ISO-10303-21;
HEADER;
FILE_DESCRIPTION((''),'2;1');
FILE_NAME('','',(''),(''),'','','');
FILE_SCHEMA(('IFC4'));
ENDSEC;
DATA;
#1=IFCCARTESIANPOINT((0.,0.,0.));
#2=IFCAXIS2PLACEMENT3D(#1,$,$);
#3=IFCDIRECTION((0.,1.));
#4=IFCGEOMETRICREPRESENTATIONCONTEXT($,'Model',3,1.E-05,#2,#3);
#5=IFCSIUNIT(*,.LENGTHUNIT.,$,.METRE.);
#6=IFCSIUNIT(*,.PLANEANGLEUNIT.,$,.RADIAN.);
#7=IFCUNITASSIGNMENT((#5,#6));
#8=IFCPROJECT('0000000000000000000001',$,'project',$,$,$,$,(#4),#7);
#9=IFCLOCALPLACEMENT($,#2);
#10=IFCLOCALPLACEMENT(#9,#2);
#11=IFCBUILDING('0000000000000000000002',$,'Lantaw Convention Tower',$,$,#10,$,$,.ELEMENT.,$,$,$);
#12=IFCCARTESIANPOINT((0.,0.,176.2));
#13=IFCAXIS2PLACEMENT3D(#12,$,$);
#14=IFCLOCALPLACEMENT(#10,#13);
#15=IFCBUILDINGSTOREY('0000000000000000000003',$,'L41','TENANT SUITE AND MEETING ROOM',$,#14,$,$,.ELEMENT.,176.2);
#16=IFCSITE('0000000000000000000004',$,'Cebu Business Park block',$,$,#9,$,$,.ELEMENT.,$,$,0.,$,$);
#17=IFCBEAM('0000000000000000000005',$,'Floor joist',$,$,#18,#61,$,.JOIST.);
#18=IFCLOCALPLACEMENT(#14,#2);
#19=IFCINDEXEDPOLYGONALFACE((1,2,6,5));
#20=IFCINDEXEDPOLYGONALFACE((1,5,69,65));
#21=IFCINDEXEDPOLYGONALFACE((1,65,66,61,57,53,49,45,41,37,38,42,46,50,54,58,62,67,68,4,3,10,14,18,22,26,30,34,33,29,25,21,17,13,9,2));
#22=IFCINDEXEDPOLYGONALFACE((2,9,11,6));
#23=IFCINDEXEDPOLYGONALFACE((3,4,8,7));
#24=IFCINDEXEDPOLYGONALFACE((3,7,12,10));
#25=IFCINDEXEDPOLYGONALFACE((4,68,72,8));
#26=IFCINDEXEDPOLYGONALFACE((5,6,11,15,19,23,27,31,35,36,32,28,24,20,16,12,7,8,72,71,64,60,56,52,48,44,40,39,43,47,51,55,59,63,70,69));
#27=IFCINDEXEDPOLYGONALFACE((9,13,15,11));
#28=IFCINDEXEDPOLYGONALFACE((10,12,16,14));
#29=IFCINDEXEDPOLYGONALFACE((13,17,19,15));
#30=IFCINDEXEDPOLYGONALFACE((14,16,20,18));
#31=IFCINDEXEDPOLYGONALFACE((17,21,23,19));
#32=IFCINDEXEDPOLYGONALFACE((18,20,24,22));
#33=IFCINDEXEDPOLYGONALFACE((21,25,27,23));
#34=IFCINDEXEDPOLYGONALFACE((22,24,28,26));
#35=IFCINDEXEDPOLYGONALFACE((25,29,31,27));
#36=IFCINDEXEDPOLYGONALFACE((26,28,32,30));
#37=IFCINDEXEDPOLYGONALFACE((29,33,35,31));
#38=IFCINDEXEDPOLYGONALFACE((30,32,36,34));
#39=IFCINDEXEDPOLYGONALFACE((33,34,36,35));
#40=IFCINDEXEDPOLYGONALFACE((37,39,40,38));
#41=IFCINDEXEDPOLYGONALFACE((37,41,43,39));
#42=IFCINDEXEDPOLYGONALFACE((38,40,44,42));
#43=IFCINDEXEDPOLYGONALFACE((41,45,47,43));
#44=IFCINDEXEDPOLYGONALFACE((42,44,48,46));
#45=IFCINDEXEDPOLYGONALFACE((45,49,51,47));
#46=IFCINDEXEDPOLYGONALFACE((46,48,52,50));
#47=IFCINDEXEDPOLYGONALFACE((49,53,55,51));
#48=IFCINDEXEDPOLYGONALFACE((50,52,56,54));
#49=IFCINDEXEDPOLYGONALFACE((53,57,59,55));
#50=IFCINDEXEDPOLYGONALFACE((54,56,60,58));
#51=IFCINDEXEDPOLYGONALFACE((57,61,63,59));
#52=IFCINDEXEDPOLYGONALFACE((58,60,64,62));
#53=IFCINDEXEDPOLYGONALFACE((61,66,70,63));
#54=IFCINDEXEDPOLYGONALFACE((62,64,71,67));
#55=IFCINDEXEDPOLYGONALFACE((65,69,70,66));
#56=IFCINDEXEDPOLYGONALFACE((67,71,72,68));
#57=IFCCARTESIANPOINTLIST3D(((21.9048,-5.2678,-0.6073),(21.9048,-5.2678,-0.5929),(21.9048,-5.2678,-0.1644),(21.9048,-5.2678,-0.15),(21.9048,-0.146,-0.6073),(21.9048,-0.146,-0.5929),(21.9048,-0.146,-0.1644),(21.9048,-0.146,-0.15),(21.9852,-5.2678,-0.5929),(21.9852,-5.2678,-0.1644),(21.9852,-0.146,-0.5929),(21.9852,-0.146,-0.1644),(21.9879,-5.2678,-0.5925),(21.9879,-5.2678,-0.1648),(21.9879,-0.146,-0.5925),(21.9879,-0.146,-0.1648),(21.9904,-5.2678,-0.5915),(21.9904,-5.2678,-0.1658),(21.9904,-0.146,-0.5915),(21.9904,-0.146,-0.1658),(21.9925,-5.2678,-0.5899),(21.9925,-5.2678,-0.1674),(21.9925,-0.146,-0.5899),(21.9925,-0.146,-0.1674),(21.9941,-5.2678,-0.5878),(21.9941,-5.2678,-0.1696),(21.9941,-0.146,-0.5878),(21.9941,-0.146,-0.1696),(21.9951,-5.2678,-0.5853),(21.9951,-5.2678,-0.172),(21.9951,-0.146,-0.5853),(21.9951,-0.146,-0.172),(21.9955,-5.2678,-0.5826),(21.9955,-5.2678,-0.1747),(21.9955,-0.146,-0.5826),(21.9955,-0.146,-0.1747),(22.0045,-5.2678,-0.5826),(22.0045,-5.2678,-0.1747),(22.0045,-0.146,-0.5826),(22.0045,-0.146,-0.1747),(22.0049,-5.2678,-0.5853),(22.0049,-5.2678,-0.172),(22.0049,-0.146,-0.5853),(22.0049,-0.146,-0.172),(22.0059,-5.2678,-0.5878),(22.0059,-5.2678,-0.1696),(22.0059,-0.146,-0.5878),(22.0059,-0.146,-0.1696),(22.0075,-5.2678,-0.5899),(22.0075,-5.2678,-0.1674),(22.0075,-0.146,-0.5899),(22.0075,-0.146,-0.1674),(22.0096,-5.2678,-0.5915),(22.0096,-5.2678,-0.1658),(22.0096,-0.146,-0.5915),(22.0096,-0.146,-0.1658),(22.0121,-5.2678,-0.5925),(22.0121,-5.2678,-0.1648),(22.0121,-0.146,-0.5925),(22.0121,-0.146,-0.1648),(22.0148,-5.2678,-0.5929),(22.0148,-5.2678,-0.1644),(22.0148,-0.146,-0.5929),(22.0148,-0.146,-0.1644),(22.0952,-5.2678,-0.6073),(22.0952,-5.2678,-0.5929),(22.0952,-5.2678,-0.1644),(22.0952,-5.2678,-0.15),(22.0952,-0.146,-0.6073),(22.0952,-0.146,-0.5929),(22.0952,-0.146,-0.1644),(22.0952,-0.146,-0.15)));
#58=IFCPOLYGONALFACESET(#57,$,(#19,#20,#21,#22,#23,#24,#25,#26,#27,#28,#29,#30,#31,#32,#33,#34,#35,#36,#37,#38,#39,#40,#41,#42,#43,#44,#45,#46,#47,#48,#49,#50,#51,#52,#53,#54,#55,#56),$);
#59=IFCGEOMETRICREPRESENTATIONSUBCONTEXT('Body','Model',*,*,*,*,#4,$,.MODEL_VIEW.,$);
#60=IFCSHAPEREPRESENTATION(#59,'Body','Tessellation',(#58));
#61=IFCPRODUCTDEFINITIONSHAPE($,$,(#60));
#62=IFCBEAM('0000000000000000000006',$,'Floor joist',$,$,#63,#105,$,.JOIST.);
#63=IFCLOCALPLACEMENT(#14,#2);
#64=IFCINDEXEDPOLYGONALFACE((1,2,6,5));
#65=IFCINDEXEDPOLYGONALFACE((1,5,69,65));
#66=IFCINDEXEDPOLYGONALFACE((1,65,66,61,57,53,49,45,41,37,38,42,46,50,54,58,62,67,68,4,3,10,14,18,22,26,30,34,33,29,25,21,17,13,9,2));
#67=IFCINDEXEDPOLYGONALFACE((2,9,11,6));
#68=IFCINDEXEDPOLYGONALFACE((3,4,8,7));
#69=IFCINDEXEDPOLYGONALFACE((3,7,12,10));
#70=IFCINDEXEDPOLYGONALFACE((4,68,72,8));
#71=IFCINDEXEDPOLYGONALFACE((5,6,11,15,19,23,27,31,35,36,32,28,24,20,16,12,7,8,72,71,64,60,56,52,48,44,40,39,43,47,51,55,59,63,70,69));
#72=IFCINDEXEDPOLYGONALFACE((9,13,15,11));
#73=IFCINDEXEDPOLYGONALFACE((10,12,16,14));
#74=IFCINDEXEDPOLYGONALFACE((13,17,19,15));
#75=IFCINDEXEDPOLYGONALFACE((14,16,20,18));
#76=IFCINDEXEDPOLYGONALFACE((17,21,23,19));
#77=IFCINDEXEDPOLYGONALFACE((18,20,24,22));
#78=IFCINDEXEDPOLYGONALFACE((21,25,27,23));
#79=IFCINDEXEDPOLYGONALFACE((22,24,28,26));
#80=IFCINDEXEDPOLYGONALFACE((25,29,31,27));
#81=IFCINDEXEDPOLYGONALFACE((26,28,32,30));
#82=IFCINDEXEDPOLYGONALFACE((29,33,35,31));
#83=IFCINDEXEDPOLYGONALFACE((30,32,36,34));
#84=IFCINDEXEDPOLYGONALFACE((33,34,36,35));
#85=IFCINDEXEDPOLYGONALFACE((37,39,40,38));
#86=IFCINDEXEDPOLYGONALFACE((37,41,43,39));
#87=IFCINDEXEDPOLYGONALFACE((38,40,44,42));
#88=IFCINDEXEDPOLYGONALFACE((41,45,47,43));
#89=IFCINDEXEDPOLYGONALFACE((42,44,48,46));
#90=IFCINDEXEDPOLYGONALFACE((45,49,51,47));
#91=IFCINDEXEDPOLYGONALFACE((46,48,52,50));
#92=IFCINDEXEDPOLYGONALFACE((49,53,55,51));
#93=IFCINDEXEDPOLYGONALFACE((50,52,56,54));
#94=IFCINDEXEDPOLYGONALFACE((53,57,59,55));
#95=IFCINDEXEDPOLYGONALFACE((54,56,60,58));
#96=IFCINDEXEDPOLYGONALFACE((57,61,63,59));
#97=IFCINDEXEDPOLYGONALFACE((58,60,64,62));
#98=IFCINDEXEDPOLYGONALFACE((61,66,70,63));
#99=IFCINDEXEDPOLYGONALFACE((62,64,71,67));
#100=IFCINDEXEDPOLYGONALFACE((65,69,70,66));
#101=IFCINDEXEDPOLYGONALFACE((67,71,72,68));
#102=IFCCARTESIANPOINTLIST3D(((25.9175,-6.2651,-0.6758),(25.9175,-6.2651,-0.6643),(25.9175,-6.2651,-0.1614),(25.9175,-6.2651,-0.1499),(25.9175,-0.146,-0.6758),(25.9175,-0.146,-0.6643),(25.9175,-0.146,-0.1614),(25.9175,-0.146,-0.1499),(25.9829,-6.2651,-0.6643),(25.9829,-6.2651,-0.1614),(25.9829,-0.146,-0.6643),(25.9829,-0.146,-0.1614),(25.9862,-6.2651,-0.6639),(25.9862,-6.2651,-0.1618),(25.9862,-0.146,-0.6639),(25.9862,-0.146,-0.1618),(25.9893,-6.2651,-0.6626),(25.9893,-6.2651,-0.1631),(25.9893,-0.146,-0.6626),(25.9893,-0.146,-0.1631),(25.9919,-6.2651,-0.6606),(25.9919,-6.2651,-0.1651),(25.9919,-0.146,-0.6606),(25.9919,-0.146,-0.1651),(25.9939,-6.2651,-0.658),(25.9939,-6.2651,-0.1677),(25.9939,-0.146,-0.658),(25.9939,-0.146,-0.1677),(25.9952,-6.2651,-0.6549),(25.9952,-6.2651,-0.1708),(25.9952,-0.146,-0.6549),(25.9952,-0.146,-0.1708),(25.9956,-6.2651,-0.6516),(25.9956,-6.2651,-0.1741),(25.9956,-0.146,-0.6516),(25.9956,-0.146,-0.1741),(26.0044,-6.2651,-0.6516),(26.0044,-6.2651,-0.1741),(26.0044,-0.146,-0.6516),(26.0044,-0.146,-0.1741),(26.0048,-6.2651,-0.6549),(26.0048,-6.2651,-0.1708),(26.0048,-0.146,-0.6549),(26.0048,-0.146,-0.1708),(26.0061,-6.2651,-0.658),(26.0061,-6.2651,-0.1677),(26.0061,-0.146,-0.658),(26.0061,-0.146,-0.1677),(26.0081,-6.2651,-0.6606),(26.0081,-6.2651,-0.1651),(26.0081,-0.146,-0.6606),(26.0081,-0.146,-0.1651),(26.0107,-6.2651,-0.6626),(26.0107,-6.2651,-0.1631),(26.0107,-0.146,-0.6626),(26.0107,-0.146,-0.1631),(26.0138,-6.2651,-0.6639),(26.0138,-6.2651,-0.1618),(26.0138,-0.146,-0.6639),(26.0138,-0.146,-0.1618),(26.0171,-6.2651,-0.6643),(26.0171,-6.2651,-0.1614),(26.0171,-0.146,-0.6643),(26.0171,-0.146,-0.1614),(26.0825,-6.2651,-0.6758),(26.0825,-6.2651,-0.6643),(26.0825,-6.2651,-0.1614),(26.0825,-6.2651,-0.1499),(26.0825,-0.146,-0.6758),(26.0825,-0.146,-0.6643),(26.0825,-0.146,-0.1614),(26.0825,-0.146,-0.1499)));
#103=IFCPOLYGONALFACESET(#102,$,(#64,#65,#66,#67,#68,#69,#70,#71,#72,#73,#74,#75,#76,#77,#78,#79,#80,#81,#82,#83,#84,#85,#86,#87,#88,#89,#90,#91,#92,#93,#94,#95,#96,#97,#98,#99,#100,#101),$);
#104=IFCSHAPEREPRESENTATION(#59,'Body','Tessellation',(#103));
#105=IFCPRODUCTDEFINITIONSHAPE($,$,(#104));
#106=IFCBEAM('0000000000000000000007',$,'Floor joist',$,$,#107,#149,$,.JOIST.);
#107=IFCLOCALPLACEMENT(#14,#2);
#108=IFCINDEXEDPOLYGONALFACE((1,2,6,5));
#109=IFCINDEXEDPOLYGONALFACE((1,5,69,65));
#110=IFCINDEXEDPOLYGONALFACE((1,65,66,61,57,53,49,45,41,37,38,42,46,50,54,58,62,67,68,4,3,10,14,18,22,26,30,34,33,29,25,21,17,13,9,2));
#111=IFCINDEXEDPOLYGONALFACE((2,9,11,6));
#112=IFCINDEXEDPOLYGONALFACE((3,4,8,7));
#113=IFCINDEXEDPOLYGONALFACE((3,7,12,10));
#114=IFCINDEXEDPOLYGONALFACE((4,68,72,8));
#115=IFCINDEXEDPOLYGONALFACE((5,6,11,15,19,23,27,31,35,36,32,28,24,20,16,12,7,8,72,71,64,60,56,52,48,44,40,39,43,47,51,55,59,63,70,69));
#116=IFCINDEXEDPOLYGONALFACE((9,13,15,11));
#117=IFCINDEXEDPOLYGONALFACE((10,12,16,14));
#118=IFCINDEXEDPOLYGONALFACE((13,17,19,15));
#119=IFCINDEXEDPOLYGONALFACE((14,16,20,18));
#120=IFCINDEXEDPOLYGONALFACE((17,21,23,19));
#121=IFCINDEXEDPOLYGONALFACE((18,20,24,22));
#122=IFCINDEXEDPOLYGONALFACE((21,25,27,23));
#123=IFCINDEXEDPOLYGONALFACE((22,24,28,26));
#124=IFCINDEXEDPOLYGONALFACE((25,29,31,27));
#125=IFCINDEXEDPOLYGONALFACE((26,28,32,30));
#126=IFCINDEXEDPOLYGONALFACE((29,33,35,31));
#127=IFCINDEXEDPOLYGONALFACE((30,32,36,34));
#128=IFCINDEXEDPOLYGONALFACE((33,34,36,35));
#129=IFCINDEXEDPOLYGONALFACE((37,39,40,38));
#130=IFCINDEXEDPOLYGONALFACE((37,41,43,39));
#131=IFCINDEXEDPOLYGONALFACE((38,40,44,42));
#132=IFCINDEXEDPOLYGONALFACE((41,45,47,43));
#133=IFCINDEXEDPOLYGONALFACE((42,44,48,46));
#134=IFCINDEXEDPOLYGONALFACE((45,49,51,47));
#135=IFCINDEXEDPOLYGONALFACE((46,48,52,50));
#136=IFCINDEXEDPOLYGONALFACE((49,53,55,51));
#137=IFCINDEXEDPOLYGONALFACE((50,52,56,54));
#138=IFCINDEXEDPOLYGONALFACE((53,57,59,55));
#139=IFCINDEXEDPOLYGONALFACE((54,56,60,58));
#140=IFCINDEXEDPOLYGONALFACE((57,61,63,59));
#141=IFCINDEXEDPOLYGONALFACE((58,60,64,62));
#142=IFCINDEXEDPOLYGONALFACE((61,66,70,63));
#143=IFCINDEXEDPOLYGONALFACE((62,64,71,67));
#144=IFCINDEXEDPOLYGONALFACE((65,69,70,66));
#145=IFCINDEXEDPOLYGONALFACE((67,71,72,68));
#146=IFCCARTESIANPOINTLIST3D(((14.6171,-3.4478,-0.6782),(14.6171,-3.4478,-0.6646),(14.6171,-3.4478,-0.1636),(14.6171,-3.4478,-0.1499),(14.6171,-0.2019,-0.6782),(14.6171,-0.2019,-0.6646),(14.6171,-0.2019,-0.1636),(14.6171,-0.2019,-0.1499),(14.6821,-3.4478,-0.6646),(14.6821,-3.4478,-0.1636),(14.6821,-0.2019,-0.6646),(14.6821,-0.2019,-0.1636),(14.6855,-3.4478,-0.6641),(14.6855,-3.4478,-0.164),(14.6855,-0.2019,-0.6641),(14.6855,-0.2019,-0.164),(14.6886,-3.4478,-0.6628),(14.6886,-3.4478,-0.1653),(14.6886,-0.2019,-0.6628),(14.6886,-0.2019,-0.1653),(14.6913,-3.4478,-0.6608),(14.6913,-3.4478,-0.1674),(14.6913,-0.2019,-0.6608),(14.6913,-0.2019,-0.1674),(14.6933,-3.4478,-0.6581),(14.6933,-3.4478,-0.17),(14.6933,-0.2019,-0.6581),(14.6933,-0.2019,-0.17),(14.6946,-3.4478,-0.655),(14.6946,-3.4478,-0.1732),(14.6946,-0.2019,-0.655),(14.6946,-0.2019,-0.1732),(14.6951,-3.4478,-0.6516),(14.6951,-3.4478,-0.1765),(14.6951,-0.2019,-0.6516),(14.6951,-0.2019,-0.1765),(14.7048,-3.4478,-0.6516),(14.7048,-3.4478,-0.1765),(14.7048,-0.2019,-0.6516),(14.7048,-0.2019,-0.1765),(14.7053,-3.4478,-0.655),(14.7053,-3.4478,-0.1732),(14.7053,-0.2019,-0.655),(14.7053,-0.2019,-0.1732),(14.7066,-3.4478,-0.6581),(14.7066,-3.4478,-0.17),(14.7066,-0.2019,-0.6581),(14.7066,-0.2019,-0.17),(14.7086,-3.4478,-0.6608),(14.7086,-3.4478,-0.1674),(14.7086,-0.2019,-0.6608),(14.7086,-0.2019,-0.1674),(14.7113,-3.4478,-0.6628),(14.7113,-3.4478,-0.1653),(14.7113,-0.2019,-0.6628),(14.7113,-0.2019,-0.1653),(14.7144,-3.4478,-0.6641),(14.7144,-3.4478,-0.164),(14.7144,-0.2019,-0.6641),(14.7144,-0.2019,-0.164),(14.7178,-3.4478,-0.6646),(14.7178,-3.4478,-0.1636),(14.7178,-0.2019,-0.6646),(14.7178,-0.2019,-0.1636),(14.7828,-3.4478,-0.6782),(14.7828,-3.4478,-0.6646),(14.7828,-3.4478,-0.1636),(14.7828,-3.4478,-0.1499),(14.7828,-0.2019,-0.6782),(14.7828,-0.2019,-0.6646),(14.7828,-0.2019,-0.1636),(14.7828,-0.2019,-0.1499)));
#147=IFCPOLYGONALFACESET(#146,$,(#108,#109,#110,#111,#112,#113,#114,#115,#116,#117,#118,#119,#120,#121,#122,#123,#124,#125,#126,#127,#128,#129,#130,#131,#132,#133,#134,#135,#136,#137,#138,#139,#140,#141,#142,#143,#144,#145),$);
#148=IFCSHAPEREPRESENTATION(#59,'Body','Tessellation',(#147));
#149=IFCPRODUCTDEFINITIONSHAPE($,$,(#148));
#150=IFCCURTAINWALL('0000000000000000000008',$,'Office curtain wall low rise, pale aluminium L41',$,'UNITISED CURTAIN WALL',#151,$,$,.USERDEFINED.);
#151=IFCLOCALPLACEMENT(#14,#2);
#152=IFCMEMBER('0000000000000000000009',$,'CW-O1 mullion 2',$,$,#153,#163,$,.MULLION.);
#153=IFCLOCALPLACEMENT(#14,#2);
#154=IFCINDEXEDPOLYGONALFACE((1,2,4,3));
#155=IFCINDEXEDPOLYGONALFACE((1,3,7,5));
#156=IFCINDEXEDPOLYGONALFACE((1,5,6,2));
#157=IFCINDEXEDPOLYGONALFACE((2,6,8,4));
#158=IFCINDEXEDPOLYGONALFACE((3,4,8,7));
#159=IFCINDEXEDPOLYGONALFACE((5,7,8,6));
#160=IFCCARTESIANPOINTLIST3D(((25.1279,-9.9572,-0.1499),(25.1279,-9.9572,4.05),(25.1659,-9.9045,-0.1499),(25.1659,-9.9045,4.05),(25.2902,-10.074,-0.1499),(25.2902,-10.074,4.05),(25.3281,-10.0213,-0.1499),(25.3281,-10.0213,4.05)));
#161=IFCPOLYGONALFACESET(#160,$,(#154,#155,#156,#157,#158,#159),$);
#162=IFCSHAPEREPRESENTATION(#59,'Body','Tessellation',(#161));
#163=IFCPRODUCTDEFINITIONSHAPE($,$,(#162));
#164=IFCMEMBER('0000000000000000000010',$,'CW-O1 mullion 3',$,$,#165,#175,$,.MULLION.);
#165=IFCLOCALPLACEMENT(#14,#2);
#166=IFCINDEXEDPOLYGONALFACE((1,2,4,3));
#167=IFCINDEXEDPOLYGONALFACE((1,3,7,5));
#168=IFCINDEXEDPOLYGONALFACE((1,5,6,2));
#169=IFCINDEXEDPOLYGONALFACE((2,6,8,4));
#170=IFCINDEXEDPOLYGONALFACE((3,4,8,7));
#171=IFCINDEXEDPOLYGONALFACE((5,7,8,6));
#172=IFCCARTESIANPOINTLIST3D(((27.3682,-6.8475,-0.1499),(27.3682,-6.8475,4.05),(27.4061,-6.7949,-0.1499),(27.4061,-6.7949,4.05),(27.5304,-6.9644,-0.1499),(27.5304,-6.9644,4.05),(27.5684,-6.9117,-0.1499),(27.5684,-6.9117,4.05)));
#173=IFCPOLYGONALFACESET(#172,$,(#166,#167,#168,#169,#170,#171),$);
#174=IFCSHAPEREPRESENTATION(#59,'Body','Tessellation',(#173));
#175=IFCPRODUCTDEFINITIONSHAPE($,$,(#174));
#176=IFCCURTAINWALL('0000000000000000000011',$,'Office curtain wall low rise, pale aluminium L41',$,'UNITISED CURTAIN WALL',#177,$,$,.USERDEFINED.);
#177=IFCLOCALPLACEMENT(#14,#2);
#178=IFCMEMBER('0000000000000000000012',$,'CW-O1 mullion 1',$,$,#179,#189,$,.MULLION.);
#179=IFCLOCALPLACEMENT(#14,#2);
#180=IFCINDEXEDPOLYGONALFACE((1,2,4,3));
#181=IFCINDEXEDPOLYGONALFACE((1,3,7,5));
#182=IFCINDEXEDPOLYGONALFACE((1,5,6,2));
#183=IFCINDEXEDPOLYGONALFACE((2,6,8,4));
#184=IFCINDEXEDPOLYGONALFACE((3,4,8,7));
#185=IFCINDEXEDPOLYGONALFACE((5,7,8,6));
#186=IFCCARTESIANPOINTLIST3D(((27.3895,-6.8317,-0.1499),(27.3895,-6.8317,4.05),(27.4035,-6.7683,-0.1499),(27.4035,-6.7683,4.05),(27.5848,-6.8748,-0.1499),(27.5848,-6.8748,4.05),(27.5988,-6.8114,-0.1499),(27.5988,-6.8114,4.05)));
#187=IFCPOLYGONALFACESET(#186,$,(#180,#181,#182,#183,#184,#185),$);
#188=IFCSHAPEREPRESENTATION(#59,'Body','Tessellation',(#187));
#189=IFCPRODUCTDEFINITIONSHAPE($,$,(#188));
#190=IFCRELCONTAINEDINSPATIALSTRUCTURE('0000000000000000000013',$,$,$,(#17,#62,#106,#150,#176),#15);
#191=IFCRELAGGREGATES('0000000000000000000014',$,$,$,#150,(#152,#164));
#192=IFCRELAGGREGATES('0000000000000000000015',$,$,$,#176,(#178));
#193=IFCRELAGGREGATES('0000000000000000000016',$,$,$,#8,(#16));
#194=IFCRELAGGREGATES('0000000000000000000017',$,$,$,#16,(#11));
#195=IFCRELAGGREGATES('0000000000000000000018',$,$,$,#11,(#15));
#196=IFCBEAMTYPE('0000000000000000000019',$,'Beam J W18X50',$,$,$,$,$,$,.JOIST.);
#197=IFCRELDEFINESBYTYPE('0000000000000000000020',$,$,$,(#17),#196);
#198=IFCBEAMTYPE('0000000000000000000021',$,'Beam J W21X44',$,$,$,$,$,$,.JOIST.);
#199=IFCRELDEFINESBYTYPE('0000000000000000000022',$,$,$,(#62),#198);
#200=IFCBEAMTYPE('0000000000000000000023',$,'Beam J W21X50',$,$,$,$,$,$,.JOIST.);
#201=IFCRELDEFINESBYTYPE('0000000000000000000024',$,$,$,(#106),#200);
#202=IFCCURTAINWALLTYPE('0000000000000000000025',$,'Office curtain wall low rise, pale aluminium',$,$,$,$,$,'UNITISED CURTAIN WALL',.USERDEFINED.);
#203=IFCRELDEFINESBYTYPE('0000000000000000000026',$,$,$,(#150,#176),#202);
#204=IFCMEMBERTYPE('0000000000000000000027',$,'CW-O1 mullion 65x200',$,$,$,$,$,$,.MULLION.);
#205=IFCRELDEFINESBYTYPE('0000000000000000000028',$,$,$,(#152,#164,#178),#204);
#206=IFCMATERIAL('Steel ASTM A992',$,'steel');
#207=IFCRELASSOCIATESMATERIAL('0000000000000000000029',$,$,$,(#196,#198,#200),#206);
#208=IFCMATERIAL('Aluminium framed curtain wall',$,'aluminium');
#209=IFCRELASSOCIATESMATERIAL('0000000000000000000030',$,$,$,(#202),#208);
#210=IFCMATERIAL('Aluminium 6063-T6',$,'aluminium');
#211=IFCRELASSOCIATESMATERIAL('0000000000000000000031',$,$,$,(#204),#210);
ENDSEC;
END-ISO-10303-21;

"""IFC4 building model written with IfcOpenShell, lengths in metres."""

from ifc_helpers import new_model, si_unit, direction, frame, origin, origin_2d, place, context, subcontext, project, spatial, rectangle, i_section, extrude, material, material_profile, profile_set, type_object, element, aggregate, save


model = new_model("IFC4")

# Units and contexts
model_context = context("Model", 3, precision=1e-05, world=origin(), true_north=direction((0.0, 1.0)))
body_context = subcontext(model_context, "Body", "Model", "MODEL_VIEW")
ifc_project = project(units=[si_unit("LENGTHUNIT", "METRE"), si_unit("PLANEANGLEUNIT", "RADIAN")], contexts=[model_context])

# Site, building, storey
site_placement = place(None, origin())
site = spatial("IfcSite", under=ifc_project, at=site_placement, Name="Cebu Business Park block", CompositionType="ELEMENT", RefElevation=0.0)
building_placement = place(site_placement, origin())
building = spatial("IfcBuilding", under=site, at=building_placement, Name="Lantaw Convention Tower", CompositionType="ELEMENT")
storey_placement = place(building_placement, frame((0.0, 0.0, 176.2)))
storey = spatial("IfcBuildingStorey", under=building, at=storey_placement, Name="L41", Description="TENANT SUITE AND MEETING ROOM", CompositionType="ELEMENT", Elevation=176.2)

# Beams
ifc_material_1 = material(Name="Steel ASTM A992", Category="steel")
ifc_material_profile_1 = material_profile(ifc_material_1, i_section(OverallWidth=0.1904, OverallDepth=0.4573, WebThickness=0.009, FlangeThickness=0.0144, FilletRadius=0.0103, at=origin_2d()), Name="W18X50")
ifc_profile_set_1 = profile_set([ifc_material_profile_1], Name="Steel ASTM A992")
beam_type_1 = type_object("IfcBeamType", Name="Beam J W18X50", PredefinedType="JOIST", material=ifc_profile_set_1)
beam_1_placement = place(storey_placement, frame((22.0, -5.2678, -0.3787), z_axis=(0.0, 1.0, 0.0), x_axis=(-1.0, 0.0, 0.0)))
element("IfcBeam", 1, at=beam_1_placement, inside=storey, type_object=beam_type_1, Name="Floor joist", PredefinedType="JOIST", context=body_context, shape_type="SweptSolid", body=[
    extrude(i_section(OverallWidth=0.1904, OverallDepth=0.4573, WebThickness=0.009, FlangeThickness=0.0144, FilletRadius=0.0103, at=origin_2d()), origin(), (0.0, 0.0, 1.0), 5.1218),
])
ifc_material_profile_2 = material_profile(ifc_material_1, i_section(OverallWidth=0.165, OverallDepth=0.5259, WebThickness=0.0088, FlangeThickness=0.0115, FilletRadius=0.0127, at=origin_2d()), Name="W21X44")
ifc_profile_set_2 = profile_set([ifc_material_profile_2], Name="Steel ASTM A992")
beam_type_2 = type_object("IfcBeamType", Name="Beam J W21X44", PredefinedType="JOIST", material=ifc_profile_set_2)
beam_2_placement = place(storey_placement, frame((26.0, -6.2651, -0.4128), z_axis=(0.0, 1.0, 0.0), x_axis=(-1.0, 0.0, 0.0)))
element("IfcBeam", 2, at=beam_2_placement, inside=storey, type_object=beam_type_2, Name="Floor joist", PredefinedType="JOIST", context=body_context, shape_type="SweptSolid", body=[
    extrude(i_section(OverallWidth=0.165, OverallDepth=0.5259, WebThickness=0.0088, FlangeThickness=0.0115, FilletRadius=0.0127, at=origin_2d()), origin(), (0.0, 0.0, 1.0), 6.1191),
])
ifc_material_profile_3 = material_profile(ifc_material_1, i_section(OverallWidth=0.1658, OverallDepth=0.5283, WebThickness=0.0098, FlangeThickness=0.0137, FilletRadius=0.0129, at=origin_2d()), Name="W21X50")
ifc_profile_set_3 = profile_set([ifc_material_profile_3], Name="Steel ASTM A992")
beam_type_3 = type_object("IfcBeamType", Name="Beam J W21X50", PredefinedType="JOIST", material=ifc_profile_set_3)
beam_3_placement = place(storey_placement, frame((14.7, -3.4478, -0.4141), z_axis=(0.0, 1.0, 0.0), x_axis=(-1.0, 0.0, 0.0)))
element("IfcBeam", 3, at=beam_3_placement, inside=storey, type_object=beam_type_3, Name="Floor joist", PredefinedType="JOIST", context=body_context, shape_type="SweptSolid", body=[
    extrude(i_section(OverallWidth=0.1658, OverallDepth=0.5283, WebThickness=0.0098, FlangeThickness=0.0137, FilletRadius=0.0129, at=origin_2d()), origin(), (0.0, 0.0, 1.0), 3.2458),
])

# Curtain walls, members
ifc_material_2 = material(Name="Aluminium framed curtain wall", Category="aluminium")
curtain_wall_type = type_object("IfcCurtainWallType", Name="Office curtain wall low rise, pale aluminium", ElementType="UNITISED CURTAIN WALL", PredefinedType="USERDEFINED", material=ifc_material_2)
curtain_wall_1_placement = place(storey_placement, origin())
curtain_wall_1 = element("IfcCurtainWall", 4, at=curtain_wall_1_placement, inside=storey, type_object=curtain_wall_type, Name="Office curtain wall low rise, pale aluminium L41", ObjectType="UNITISED CURTAIN WALL", PredefinedType="USERDEFINED")
ifc_material_3 = material(Name="Aluminium 6063-T6", Category="aluminium")
ifc_material_profile_4 = material_profile(ifc_material_3, rectangle(XDim=0.2, YDim=0.0649, at=origin_2d()), Name="CW-O1 mullion 65x200")
ifc_profile_set_4 = profile_set([ifc_material_profile_4], Name="Aluminium 6063-T6")
member_type_1 = type_object("IfcMemberType", Name="CW-O1 mullion 65x200", PredefinedType="MULLION", material=ifc_profile_set_4)
member_1_placement = place(storey_placement, frame((25.228, -9.9893, -0.1499), z_axis=(0.0, 0.0, 1.0), x_axis=(-0.811385, 0.584513, 0.0)))
member_1 = element("IfcMember", 5, at=member_1_placement, type_object=member_type_1, Name="CW-O1 mullion 2", PredefinedType="MULLION", context=body_context, shape_type="SweptSolid", body=[
    extrude(rectangle(XDim=0.2, YDim=0.0649, at=origin_2d()), origin(), (0.0, 0.0, 1.0), 4.2),
])
member_2_placement = place(storey_placement, frame((27.4683, -6.8796, -0.1499), z_axis=(0.0, 0.0, 1.0), x_axis=(-0.811385, 0.584513, 0.0)))
member_2 = element("IfcMember", 6, at=member_2_placement, type_object=member_type_1, Name="CW-O1 mullion 3", PredefinedType="MULLION", context=body_context, shape_type="SweptSolid", body=[
    extrude(rectangle(XDim=0.2, YDim=0.0649, at=origin_2d()), origin(), (0.0, 0.0, 1.0), 4.2),
])
curtain_wall_2_placement = place(storey_placement, origin())
curtain_wall_2 = element("IfcCurtainWall", 7, at=curtain_wall_2_placement, inside=storey, type_object=curtain_wall_type, Name="Office curtain wall low rise, pale aluminium L41", ObjectType="UNITISED CURTAIN WALL", PredefinedType="USERDEFINED")
member_3_placement = place(storey_placement, frame((27.4941, -6.8215, -0.1499), z_axis=(0.0, 0.0, 1.0), x_axis=(-0.976494, 0.215546, 0.0)))
member_3 = element("IfcMember", 8, at=member_3_placement, type_object=member_type_1, Name="CW-O1 mullion 1", PredefinedType="MULLION", context=body_context, shape_type="SweptSolid", body=[
    extrude(rectangle(XDim=0.2, YDim=0.0649, at=origin_2d()), origin(), (0.0, 0.0, 1.0), 4.2),
])

aggregate(curtain_wall_1, [member_1, member_2])
aggregate(curtain_wall_2, [member_3])

save(model, "model.ifc")
